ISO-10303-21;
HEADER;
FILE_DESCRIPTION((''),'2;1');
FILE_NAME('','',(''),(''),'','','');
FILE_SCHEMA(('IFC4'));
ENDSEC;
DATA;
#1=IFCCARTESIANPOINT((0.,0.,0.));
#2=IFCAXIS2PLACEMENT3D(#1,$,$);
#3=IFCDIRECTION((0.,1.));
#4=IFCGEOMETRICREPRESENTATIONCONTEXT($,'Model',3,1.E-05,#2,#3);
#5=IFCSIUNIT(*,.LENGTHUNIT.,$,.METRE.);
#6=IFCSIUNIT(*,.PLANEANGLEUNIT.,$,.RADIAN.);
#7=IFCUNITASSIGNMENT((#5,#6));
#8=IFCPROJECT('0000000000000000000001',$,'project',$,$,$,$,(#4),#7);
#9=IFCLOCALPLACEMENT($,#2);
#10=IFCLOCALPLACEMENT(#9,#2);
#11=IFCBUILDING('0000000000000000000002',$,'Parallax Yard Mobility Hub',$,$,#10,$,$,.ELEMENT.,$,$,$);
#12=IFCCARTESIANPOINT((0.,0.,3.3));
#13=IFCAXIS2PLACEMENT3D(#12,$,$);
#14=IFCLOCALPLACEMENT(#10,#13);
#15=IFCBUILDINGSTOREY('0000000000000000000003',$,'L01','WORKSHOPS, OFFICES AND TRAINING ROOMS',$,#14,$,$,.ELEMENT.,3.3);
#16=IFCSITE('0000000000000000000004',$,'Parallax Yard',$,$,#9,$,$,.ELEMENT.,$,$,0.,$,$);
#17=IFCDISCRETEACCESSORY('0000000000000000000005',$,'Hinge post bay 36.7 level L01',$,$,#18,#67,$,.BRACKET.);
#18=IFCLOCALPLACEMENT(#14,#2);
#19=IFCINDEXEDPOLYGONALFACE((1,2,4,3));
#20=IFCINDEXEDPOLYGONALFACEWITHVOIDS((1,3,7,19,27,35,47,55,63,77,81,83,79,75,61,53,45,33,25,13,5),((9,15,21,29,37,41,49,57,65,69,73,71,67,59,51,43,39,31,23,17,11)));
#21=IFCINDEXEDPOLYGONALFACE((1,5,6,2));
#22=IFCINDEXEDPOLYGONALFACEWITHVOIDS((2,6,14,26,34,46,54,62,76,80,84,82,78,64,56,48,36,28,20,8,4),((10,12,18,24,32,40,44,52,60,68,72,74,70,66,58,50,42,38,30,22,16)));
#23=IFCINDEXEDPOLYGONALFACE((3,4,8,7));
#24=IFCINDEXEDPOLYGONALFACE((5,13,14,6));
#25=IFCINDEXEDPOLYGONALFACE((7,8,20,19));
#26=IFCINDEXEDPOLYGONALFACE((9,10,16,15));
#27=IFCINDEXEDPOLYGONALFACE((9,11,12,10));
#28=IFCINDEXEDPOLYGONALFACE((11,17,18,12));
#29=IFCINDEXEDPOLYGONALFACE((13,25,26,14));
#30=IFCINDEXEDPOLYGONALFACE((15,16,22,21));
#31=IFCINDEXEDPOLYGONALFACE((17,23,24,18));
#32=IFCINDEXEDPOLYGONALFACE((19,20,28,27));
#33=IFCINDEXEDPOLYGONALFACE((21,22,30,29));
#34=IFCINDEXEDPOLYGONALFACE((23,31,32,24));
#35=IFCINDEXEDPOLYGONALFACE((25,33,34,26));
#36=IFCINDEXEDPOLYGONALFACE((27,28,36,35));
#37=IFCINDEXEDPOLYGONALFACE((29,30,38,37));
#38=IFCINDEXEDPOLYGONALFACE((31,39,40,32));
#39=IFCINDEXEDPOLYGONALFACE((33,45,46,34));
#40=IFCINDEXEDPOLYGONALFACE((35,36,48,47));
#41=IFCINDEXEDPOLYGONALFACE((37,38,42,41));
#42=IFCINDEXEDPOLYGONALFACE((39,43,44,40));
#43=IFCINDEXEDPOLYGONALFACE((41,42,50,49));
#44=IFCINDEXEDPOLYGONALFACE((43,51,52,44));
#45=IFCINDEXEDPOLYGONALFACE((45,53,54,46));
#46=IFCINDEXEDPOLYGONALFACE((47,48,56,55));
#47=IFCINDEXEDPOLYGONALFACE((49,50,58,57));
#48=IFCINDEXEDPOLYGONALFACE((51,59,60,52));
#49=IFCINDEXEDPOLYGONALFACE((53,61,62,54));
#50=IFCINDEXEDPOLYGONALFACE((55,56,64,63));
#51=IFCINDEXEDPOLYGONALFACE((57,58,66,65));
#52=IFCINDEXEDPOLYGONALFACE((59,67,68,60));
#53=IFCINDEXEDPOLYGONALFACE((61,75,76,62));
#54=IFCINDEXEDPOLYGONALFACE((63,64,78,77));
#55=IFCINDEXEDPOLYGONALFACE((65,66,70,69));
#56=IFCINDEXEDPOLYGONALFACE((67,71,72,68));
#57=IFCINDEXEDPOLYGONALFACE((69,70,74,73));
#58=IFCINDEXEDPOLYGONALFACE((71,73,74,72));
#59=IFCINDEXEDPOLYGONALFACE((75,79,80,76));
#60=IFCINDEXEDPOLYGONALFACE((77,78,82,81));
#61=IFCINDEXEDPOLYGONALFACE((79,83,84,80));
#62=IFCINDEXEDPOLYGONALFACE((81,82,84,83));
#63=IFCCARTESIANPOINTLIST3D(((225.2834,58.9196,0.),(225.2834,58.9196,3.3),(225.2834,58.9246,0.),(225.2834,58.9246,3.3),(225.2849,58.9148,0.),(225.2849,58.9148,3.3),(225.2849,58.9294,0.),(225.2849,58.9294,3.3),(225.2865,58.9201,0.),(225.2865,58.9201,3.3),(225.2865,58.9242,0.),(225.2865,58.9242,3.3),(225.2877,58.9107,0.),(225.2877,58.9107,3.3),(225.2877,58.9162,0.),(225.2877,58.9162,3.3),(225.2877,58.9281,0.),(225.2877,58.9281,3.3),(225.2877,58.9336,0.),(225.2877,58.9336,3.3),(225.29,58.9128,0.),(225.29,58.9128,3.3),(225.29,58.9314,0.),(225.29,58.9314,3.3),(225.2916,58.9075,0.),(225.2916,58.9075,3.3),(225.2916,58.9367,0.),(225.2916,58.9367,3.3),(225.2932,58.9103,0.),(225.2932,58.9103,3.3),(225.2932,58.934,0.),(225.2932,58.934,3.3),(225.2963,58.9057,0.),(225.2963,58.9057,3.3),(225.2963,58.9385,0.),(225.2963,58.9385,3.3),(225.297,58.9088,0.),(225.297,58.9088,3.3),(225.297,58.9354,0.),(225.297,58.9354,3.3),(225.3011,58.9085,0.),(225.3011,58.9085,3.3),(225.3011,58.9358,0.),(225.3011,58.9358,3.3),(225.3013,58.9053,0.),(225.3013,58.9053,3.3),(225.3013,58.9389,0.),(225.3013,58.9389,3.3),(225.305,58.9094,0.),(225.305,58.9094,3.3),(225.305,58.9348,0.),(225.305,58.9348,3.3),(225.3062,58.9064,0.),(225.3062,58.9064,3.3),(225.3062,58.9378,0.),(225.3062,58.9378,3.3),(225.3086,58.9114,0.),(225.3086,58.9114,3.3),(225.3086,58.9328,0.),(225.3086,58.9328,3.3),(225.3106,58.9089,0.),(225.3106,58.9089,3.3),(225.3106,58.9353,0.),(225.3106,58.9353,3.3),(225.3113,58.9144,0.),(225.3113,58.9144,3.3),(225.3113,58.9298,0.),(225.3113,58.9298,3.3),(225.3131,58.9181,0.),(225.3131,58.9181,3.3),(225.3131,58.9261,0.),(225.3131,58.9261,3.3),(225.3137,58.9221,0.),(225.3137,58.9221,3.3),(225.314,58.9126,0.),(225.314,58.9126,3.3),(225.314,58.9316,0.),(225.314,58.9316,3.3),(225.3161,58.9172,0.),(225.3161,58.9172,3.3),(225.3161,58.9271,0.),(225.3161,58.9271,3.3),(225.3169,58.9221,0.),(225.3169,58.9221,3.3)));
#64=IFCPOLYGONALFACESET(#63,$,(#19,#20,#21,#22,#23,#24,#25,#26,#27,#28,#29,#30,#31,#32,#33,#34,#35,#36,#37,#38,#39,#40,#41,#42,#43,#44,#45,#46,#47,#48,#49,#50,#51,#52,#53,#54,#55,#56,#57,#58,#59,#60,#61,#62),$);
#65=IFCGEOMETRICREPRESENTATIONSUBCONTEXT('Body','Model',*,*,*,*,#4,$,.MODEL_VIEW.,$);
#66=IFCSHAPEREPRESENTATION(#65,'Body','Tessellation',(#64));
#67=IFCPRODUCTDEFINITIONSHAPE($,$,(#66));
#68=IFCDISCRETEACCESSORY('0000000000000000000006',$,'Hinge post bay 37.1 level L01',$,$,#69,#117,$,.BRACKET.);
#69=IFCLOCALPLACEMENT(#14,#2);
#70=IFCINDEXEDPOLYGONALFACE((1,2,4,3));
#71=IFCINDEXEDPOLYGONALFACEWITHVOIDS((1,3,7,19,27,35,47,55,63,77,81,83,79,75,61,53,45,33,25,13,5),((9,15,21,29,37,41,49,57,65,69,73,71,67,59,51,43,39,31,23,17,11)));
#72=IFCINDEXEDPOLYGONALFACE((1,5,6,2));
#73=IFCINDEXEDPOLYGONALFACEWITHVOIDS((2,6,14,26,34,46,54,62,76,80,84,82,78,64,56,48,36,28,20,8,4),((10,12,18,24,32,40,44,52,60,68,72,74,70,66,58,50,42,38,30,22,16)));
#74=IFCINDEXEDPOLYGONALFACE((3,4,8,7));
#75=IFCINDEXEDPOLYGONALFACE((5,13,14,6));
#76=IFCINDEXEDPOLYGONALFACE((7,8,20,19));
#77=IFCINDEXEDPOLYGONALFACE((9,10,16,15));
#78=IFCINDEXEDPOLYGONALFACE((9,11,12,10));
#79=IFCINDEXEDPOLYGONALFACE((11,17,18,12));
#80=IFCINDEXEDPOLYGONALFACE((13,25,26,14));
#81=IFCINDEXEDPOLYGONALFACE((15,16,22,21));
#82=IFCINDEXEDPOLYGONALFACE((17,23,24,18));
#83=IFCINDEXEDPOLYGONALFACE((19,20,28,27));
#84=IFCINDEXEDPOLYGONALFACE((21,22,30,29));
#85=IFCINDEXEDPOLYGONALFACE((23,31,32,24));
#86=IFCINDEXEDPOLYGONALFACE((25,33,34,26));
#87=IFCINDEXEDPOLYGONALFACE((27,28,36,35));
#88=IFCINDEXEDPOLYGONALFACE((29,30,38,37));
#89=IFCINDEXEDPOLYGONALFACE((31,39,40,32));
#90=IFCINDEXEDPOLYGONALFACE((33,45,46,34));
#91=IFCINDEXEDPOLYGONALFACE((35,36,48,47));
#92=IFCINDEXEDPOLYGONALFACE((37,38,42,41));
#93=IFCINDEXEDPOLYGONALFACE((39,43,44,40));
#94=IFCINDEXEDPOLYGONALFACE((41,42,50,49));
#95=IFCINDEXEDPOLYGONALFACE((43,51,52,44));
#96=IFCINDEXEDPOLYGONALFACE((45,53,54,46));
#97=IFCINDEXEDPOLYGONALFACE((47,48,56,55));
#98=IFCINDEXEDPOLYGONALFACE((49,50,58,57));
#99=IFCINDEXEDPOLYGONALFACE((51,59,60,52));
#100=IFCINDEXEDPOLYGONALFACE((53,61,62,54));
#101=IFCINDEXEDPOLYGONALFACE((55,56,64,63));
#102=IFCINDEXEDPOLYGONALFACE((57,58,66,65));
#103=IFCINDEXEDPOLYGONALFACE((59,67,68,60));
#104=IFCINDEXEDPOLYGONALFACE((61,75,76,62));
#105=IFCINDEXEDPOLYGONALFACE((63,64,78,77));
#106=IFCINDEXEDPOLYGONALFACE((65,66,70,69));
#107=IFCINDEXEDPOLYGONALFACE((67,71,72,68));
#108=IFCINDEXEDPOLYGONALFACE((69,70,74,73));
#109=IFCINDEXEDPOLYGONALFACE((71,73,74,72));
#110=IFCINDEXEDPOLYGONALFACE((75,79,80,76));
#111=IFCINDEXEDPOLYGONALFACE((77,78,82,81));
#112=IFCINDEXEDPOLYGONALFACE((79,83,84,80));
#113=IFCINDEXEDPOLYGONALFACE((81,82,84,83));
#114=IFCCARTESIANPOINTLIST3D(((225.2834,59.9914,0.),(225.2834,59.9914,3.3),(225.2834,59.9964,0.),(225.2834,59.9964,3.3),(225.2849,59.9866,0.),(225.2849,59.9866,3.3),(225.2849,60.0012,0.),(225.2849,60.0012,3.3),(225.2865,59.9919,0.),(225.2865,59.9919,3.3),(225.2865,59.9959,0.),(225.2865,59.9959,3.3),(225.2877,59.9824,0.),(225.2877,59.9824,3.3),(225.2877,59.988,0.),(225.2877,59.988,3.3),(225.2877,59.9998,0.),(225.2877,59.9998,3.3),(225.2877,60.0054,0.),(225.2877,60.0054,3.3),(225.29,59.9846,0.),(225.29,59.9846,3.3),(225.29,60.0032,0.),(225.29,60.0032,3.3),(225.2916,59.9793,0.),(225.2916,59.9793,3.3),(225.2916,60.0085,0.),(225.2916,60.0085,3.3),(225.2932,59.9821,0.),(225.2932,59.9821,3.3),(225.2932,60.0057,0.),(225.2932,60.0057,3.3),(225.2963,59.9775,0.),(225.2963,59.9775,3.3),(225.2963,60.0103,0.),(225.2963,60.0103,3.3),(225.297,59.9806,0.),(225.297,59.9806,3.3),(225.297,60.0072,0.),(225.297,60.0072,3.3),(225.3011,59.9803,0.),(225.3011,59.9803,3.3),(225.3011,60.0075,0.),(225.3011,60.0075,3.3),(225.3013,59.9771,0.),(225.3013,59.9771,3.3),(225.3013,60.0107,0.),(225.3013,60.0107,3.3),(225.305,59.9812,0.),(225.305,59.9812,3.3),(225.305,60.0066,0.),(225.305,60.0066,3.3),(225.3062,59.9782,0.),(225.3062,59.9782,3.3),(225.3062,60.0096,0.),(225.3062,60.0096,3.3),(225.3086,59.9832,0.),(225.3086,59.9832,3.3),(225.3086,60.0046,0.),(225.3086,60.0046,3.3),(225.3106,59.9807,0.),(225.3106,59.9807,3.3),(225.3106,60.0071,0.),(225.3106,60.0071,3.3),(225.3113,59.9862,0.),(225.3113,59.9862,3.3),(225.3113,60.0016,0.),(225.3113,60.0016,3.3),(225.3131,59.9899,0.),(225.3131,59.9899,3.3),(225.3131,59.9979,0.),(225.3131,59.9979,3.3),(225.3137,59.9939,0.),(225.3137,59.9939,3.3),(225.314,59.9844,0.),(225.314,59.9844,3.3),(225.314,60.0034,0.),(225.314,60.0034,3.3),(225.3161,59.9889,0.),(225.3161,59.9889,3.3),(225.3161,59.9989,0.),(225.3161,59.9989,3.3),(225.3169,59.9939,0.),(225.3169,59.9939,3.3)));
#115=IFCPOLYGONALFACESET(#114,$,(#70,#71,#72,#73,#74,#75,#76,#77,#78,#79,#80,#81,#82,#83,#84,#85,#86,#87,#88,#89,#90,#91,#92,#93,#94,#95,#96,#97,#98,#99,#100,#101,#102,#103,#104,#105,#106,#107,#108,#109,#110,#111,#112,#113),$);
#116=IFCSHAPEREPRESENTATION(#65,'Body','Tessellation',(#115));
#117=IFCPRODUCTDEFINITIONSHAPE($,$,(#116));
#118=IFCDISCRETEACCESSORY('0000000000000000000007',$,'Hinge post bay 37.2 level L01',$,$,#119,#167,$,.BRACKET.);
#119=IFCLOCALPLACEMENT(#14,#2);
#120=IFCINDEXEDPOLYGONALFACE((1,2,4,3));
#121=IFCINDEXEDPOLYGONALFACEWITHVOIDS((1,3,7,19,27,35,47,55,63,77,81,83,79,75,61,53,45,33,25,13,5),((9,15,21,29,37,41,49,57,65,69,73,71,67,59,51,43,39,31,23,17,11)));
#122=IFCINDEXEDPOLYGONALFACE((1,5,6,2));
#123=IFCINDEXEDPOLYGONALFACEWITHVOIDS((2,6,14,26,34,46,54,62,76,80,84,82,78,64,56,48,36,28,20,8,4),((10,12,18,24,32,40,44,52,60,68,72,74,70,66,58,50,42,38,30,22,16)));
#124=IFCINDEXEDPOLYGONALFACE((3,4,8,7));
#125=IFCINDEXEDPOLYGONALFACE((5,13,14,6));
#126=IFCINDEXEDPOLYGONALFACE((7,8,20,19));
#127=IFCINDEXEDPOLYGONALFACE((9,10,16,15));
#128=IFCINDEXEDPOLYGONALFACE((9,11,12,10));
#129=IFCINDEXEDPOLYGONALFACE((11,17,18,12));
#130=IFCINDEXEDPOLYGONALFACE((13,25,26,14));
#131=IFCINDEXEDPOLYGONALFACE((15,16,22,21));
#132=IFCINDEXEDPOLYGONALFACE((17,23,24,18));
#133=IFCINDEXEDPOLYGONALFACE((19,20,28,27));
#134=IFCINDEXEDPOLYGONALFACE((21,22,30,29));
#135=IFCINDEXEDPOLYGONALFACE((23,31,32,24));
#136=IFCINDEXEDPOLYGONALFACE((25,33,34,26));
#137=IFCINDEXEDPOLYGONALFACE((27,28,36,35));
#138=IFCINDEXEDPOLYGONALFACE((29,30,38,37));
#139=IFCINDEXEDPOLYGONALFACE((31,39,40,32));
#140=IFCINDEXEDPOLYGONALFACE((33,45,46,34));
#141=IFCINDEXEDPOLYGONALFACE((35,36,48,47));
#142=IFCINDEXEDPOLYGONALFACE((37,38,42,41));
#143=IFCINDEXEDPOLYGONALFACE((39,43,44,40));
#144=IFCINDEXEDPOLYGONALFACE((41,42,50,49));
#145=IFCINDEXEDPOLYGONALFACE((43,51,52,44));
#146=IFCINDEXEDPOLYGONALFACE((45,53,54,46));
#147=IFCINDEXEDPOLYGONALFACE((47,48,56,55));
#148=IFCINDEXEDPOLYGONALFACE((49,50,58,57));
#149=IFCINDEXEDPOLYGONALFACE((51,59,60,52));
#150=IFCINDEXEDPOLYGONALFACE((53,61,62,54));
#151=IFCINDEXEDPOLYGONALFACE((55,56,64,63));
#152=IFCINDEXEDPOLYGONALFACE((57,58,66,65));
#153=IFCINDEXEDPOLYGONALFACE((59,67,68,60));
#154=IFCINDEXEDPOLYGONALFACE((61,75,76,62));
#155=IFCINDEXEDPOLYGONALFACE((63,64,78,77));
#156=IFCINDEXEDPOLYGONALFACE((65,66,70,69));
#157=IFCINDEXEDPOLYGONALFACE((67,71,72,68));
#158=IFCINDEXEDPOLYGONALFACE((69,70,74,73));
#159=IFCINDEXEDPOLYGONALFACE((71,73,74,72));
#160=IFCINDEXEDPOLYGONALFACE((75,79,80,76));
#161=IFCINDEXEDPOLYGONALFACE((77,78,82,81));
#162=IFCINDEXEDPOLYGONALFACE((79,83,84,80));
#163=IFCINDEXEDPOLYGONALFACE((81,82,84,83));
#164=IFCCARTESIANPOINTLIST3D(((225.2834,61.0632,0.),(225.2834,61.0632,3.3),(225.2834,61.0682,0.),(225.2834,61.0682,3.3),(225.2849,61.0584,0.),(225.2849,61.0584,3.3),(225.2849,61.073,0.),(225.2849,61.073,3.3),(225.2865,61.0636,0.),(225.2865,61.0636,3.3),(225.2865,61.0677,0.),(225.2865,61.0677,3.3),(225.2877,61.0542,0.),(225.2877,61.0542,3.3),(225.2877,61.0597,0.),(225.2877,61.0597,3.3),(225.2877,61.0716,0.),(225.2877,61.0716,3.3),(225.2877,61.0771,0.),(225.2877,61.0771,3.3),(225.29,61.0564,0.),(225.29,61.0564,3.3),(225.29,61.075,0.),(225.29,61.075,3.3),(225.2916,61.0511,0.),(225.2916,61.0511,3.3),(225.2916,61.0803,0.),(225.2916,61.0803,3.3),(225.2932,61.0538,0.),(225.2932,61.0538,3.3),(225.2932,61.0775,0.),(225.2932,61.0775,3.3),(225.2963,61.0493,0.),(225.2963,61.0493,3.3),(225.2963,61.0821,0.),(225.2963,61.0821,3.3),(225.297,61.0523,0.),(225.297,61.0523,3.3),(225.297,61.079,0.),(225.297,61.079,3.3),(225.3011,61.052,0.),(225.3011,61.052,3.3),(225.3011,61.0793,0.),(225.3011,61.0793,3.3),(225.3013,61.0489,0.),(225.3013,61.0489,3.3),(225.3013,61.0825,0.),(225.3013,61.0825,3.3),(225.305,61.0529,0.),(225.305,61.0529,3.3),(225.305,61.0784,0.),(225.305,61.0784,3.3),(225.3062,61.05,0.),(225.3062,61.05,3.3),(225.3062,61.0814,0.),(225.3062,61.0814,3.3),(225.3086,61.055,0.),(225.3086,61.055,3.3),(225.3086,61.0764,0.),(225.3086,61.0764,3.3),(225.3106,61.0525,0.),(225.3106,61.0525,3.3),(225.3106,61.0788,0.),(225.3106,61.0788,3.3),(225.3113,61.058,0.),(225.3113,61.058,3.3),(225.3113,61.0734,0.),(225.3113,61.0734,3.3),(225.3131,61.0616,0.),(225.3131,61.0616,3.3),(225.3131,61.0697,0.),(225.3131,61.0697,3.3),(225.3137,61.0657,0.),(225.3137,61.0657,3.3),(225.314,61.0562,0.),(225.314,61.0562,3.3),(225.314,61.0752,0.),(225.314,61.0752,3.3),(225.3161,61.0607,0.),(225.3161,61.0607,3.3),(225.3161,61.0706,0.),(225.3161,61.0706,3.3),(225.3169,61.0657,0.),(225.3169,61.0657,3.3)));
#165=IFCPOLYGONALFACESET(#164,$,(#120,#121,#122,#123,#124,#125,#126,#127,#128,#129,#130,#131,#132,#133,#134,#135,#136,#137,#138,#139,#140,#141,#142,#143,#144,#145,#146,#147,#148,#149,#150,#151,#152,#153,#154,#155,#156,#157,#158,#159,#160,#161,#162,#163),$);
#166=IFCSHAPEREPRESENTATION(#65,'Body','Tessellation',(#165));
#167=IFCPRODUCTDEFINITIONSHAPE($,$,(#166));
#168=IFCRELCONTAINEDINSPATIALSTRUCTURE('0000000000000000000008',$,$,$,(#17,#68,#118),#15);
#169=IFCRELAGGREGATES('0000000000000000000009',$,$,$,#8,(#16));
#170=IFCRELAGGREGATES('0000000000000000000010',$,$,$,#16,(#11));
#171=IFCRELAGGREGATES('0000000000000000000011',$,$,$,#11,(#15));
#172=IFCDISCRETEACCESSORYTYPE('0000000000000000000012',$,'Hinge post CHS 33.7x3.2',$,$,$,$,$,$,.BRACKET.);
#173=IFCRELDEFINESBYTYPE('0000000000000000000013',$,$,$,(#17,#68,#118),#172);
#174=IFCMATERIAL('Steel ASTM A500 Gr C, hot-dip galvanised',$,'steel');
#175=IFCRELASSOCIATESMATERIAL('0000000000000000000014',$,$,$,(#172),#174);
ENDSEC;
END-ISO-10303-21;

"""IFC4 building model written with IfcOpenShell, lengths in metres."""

from ifc_helpers import new_model, si_unit, direction, frame, origin, origin_2d, place, context, subcontext, project, spatial, hollow_circle, extrude, material, material_profile, profile_set, type_object, element, save


model = new_model("IFC4")

# Units and contexts
model_context = context("Model", 3, precision=1e-05, world=origin(), true_north=direction((0.0, 1.0)))
body_context = subcontext(model_context, "Body", "Model", "MODEL_VIEW")
ifc_project = project(units=[si_unit("LENGTHUNIT", "METRE"), si_unit("PLANEANGLEUNIT", "RADIAN")], contexts=[model_context])

# Site, building, storey
site_placement = place(None, origin())
site = spatial("IfcSite", under=ifc_project, at=site_placement, Name="Parallax Yard", CompositionType="ELEMENT", RefElevation=0.0)
building_placement = place(site_placement, origin())
building = spatial("IfcBuilding", under=site, at=building_placement, Name="Parallax Yard Mobility Hub", CompositionType="ELEMENT")
storey_placement = place(building_placement, frame((0.0, 0.0, 3.3)))
storey = spatial("IfcBuildingStorey", under=building, at=storey_placement, Name="L01", Description="WORKSHOPS, OFFICES AND TRAINING ROOMS", CompositionType="ELEMENT", Elevation=3.3)

# Discrete accessories
ifc_material_1 = material(Name="Steel ASTM A500 Gr C, hot-dip galvanised", Category="steel")
ifc_material_profile = material_profile(ifc_material_1, hollow_circle(Radius=0.0168, WallThickness=0.0032, at=origin_2d()), Name="CHS 33.7x3.2")
ifc_profile_set = profile_set([ifc_material_profile], Name="Steel ASTM A500 Gr C, hot-dip galvanised")
discrete_accessory_type = type_object("IfcDiscreteAccessoryType", Name="Hinge post CHS 33.7x3.2", PredefinedType="BRACKET", material=ifc_profile_set)
for number, where, z_axis, x_axis, name in (
    (1, (225.3, 58.9221, 0.0), (0.0, 0.0, 1.0), (1.0, 0.0, 0.0), "Hinge post bay 36.7 level L01"),
    (2, (225.3, 59.9939, 0.0), (0.0, 0.0, 1.0), (1.0, 0.0, 0.0), "Hinge post bay 37.1 level L01"),
    (3, (225.3, 61.0657, 0.0), (0.0, 0.0, 1.0), (1.0, 0.0, 0.0), "Hinge post bay 37.2 level L01"),
):
    element("IfcDiscreteAccessory", number, at=place(storey_placement, frame(where, z_axis=z_axis, x_axis=x_axis)), inside=storey, type_object=discrete_accessory_type, Name=name, PredefinedType="BRACKET", context=body_context, shape_type="SweptSolid", body=[
        extrude(hollow_circle(Radius=0.0168, WallThickness=0.0032, at=origin_2d()), origin(), (0.0, 0.0, 1.0), 3.3),
    ])

save(model, "model.ifc")
